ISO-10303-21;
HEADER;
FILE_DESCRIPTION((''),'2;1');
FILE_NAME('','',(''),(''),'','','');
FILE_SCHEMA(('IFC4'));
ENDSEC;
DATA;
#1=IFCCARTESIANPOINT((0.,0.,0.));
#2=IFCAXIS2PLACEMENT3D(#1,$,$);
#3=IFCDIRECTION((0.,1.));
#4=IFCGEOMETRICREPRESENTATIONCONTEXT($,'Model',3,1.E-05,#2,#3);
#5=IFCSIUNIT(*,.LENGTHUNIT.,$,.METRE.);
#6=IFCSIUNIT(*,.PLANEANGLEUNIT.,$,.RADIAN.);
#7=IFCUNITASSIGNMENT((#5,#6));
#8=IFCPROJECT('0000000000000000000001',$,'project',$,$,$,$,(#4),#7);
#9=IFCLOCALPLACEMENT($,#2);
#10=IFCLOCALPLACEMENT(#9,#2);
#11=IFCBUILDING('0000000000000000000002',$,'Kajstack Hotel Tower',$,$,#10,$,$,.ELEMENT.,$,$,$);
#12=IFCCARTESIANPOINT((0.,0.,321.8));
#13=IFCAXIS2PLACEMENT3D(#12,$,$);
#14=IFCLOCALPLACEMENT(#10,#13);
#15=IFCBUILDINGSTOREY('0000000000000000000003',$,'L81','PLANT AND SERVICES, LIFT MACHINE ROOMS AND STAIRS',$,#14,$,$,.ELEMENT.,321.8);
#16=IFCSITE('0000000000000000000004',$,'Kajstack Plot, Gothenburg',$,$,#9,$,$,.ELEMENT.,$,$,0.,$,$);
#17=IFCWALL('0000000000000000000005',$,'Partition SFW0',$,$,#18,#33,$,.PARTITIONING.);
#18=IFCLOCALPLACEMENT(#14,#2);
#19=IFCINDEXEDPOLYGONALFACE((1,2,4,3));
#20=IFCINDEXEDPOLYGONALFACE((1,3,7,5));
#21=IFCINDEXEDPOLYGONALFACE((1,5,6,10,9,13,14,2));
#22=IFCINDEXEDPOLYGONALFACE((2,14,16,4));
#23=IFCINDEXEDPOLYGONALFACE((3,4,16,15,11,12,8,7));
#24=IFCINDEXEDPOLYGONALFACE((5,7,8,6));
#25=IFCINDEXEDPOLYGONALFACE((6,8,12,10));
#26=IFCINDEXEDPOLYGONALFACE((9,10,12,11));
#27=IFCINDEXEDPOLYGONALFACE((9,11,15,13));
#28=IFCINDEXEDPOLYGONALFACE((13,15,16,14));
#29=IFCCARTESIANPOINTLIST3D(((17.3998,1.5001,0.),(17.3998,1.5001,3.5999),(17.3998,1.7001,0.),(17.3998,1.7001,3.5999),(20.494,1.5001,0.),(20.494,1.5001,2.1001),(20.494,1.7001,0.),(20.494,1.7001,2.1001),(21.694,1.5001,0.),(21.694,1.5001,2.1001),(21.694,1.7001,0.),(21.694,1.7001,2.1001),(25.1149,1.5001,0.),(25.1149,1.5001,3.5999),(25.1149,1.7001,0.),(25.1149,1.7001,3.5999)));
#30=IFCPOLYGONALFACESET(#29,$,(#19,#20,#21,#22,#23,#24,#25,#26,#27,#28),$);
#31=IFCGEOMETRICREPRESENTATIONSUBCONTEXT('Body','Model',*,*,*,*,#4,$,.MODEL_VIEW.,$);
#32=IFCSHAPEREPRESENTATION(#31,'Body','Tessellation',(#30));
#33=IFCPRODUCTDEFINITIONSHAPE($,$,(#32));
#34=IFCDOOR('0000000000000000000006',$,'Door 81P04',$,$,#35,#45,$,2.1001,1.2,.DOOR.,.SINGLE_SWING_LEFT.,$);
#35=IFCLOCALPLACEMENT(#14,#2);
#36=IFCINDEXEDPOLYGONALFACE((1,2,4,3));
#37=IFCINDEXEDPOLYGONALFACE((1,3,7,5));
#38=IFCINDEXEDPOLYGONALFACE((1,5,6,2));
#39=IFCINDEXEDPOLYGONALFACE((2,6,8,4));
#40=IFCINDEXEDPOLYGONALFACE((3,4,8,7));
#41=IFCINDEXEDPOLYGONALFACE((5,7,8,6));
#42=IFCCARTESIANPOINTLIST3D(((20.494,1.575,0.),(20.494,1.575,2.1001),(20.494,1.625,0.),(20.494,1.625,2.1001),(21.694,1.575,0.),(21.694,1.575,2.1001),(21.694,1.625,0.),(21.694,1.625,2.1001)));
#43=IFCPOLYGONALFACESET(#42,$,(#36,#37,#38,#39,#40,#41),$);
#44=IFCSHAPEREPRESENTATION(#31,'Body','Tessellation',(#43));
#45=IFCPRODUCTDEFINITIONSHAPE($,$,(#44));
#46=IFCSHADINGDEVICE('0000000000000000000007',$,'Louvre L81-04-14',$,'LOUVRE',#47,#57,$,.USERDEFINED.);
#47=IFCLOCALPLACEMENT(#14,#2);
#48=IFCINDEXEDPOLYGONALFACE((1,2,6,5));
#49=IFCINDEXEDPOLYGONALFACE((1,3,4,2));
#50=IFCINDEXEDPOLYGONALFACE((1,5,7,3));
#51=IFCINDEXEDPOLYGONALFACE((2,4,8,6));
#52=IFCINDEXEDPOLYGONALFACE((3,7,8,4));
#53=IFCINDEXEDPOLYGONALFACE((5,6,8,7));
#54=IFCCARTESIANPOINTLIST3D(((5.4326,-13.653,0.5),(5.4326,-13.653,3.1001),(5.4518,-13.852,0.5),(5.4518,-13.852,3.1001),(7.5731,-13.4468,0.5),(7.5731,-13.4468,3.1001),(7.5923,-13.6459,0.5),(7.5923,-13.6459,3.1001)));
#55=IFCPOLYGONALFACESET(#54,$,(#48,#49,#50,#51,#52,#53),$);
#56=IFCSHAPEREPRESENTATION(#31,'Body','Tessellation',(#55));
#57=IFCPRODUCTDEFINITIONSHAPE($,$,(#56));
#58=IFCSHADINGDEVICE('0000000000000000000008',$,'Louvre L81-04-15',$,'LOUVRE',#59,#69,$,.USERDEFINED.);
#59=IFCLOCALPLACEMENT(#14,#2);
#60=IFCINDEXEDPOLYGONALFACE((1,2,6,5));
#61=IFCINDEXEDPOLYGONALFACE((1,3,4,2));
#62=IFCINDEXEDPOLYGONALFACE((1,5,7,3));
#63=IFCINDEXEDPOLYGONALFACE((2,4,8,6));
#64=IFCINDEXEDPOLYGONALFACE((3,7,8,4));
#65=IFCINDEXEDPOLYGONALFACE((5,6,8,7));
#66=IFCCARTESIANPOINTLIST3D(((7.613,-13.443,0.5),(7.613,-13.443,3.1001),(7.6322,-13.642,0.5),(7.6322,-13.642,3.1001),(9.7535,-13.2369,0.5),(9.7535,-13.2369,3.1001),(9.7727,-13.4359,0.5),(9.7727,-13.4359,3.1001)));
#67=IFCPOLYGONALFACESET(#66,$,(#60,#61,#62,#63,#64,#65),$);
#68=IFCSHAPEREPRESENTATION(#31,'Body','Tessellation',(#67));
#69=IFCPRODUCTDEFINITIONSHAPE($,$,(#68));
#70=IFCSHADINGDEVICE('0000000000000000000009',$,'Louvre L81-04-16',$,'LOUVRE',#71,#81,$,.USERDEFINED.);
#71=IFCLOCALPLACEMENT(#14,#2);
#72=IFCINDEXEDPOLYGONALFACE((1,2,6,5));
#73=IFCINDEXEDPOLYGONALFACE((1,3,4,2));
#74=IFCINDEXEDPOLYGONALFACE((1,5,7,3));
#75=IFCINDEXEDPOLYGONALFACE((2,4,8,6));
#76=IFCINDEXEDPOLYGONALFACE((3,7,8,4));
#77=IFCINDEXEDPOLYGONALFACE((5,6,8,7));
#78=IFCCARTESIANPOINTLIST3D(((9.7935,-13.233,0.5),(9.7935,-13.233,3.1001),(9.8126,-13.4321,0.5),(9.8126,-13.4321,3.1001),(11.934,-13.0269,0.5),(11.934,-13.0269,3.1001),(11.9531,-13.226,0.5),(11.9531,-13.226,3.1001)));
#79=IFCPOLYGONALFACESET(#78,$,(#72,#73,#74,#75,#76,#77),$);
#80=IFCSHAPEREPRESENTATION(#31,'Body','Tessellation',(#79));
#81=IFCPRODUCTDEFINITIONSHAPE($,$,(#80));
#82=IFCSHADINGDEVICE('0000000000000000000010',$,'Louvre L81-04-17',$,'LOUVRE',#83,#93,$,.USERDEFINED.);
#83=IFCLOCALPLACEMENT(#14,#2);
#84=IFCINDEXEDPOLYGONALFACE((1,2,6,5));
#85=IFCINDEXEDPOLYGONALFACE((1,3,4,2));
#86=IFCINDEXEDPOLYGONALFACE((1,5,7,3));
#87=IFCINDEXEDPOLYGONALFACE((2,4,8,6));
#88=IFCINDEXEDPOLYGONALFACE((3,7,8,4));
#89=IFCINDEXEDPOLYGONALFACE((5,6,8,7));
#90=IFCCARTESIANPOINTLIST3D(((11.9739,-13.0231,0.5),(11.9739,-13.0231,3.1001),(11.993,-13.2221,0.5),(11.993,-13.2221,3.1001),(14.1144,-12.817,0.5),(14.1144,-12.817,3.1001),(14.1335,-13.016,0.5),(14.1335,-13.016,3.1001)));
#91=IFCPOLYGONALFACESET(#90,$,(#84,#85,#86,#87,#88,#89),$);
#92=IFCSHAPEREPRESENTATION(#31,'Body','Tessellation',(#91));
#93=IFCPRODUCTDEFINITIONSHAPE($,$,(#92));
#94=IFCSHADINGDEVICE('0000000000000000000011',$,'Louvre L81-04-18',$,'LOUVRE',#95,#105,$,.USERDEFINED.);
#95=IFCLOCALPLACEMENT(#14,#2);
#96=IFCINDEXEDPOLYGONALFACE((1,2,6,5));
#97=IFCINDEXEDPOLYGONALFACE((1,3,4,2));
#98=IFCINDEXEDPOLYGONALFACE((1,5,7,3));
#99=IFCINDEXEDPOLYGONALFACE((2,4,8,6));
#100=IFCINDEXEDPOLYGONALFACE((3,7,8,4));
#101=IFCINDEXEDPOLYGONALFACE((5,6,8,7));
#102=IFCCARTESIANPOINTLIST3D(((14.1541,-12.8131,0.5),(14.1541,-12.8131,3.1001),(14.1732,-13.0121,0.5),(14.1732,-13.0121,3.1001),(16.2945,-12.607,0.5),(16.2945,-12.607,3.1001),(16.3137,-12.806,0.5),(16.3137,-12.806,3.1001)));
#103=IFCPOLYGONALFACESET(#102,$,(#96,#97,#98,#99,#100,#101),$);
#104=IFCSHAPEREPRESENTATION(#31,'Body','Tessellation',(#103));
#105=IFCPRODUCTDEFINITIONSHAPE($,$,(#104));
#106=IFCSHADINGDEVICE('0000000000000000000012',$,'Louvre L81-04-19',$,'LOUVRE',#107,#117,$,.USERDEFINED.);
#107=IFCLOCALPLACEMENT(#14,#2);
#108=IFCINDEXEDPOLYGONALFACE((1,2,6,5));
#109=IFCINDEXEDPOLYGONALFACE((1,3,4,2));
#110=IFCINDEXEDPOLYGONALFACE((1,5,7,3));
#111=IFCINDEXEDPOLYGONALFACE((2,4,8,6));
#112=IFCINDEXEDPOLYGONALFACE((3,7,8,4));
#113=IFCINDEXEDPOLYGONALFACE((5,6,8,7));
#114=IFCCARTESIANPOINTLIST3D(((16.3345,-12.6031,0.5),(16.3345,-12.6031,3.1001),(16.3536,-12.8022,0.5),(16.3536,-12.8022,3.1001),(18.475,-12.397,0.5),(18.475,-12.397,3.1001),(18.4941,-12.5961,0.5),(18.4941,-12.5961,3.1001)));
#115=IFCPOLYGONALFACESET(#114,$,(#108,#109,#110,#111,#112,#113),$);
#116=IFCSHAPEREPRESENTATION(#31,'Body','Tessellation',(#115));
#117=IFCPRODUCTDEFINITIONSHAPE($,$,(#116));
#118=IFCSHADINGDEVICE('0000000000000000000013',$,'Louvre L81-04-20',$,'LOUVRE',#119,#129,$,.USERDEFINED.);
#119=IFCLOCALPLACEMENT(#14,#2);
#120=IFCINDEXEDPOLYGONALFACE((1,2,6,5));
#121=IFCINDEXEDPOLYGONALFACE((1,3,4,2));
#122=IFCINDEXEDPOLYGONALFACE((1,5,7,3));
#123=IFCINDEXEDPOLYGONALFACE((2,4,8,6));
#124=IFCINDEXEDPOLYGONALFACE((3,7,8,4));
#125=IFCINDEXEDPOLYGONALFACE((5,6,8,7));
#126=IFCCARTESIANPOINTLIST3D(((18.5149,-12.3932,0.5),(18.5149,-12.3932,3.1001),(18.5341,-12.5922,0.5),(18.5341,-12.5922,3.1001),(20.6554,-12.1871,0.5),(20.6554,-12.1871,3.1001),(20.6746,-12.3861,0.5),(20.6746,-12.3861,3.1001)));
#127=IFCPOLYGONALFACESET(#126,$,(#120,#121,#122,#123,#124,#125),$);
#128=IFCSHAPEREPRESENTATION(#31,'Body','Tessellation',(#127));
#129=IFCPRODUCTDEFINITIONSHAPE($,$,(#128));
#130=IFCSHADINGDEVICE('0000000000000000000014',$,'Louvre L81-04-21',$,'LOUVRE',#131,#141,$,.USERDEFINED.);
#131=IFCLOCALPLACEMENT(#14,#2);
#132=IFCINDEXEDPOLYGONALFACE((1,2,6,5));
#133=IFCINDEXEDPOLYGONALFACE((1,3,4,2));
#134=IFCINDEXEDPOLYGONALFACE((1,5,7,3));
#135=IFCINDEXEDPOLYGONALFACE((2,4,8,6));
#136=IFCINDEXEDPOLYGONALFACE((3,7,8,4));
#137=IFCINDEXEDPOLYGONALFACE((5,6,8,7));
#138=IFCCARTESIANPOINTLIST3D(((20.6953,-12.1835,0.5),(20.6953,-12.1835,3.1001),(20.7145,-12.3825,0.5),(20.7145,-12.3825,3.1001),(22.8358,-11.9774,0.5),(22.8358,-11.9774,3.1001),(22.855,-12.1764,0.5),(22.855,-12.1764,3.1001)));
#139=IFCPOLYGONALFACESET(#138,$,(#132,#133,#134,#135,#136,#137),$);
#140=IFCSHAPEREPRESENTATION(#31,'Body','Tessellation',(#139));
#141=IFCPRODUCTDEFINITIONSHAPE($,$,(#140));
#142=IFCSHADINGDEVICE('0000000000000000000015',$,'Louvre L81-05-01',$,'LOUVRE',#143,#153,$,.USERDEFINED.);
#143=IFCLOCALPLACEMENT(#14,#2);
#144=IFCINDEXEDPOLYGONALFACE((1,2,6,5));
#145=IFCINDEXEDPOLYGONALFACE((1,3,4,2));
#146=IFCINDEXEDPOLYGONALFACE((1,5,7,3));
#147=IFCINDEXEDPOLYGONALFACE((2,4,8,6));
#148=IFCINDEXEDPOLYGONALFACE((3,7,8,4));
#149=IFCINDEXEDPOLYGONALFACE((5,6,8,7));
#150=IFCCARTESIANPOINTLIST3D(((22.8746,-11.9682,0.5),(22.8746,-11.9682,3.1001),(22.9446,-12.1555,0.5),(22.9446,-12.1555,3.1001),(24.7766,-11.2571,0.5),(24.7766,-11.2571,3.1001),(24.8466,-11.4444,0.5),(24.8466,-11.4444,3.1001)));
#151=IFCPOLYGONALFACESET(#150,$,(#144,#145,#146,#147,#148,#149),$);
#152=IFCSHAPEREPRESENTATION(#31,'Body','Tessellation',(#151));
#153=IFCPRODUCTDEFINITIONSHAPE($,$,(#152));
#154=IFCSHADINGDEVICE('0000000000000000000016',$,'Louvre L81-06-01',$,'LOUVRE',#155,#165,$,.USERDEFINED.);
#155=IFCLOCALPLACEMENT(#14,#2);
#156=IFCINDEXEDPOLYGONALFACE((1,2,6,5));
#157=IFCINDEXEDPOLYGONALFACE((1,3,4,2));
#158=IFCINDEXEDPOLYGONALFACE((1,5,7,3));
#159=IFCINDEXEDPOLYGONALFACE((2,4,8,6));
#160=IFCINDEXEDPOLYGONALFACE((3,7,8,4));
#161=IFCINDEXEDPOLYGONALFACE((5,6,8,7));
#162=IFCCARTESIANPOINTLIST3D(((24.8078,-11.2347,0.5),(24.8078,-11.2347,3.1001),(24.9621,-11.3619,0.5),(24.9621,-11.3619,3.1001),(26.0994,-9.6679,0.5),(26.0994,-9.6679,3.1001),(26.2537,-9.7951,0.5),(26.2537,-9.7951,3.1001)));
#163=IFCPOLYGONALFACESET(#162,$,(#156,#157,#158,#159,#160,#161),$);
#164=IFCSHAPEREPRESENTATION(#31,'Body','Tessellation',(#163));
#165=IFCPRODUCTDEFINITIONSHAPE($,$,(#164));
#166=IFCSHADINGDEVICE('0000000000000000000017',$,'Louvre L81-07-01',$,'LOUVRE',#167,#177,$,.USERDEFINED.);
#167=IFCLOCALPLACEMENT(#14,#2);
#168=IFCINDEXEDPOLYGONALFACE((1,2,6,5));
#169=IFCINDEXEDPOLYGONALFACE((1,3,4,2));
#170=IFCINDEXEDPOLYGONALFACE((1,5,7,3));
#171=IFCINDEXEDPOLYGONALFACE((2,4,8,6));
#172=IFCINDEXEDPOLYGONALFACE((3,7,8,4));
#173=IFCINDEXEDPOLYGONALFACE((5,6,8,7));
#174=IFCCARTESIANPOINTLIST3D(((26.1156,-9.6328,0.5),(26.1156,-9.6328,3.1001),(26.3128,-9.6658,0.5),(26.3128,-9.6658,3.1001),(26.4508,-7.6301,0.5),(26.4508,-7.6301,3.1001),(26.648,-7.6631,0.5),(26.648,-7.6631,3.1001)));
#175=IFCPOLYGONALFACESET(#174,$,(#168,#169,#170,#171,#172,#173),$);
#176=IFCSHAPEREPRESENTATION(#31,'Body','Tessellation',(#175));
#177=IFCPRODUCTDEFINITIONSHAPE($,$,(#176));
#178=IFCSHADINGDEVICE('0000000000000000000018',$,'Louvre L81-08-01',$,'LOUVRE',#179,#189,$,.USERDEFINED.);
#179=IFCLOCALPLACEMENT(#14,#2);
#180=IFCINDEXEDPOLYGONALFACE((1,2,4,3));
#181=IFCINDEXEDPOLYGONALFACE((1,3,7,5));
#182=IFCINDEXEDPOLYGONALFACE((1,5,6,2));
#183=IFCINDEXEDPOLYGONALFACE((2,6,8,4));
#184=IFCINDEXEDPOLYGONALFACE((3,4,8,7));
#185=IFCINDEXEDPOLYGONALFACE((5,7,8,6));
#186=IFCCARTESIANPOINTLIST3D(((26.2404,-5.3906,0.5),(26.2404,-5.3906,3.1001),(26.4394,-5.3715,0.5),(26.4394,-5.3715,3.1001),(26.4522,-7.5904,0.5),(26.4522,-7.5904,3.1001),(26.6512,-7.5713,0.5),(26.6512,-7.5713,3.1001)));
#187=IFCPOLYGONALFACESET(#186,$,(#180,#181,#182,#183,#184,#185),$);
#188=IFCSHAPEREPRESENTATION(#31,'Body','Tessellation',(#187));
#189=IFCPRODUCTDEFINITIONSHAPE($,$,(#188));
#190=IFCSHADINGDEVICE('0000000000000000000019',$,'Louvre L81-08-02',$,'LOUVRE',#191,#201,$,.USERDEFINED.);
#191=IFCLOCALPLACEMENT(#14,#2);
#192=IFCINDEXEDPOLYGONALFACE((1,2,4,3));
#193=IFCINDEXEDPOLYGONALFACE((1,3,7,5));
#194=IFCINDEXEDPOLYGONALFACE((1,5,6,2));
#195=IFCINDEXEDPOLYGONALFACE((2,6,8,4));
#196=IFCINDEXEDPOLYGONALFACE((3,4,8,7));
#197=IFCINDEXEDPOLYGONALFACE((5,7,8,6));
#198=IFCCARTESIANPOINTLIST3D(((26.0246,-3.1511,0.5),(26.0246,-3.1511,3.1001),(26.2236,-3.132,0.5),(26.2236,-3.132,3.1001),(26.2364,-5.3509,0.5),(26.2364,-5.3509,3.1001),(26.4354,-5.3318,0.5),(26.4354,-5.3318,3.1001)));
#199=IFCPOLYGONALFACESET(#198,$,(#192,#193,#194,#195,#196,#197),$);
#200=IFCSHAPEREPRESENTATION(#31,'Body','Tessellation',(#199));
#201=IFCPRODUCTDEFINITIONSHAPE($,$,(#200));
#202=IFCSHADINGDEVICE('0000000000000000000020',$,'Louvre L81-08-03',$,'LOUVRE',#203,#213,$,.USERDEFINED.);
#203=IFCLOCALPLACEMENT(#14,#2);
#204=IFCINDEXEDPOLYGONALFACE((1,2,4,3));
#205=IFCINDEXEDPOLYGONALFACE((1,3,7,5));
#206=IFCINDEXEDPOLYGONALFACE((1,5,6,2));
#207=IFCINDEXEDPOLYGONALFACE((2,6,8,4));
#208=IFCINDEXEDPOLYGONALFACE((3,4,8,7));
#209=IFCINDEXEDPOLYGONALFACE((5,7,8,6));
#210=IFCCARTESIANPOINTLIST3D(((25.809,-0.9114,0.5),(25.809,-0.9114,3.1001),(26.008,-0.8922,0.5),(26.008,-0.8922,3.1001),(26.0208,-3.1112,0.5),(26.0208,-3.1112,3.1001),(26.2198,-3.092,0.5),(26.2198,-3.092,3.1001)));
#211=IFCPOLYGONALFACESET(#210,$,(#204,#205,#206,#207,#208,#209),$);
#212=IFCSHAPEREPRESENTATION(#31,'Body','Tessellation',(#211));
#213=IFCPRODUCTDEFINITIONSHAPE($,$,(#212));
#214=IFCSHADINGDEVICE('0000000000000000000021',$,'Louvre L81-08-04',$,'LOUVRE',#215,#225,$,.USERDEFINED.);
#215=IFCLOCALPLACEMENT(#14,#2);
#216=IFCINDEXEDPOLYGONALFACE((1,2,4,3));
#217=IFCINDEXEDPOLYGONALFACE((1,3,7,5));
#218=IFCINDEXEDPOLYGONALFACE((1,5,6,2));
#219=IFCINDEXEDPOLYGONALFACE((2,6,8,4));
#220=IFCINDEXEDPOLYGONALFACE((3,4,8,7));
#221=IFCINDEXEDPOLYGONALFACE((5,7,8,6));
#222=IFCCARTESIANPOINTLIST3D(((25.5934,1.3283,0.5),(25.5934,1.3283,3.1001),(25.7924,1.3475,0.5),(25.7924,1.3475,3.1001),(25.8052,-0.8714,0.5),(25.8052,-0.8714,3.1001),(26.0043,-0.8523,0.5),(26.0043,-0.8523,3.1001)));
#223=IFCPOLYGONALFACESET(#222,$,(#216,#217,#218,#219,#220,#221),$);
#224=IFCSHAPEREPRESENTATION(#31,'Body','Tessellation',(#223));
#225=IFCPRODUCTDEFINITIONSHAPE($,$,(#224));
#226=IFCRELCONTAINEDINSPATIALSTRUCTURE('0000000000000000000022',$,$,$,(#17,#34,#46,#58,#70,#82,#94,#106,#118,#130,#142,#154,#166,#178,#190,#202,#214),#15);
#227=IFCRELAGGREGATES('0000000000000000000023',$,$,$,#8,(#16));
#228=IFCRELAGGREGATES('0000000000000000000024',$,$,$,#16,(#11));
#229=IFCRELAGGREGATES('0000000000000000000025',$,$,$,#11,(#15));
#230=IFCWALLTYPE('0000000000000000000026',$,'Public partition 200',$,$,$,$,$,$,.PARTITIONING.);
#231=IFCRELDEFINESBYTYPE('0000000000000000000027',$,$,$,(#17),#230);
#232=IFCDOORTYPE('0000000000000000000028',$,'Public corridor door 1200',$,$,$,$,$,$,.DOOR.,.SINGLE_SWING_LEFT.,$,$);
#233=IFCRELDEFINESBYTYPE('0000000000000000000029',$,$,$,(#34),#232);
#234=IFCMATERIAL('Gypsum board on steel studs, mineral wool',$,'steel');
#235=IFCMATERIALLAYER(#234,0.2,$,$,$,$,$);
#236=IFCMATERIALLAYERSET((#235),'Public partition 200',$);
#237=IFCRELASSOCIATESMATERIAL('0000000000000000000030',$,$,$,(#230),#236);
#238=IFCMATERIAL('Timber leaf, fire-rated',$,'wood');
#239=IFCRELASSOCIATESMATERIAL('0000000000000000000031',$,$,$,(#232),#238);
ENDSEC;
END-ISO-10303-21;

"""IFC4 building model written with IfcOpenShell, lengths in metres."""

from ifc_helpers import new_model, si_unit, direction, frame, frame_2d, origin, origin_2d, place, context, subcontext, project, spatial, rectangle, extrude, material, layer, layer_set, type_object, element, fill, save


model = new_model("IFC4")

# Units and contexts
model_context = context("Model", 3, precision=1e-05, world=origin(), true_north=direction((0.0, 1.0)))
body_context = subcontext(model_context, "Body", "Model", "MODEL_VIEW")
ifc_project = project(units=[si_unit("LENGTHUNIT", "METRE"), si_unit("PLANEANGLEUNIT", "RADIAN")], contexts=[model_context])

# Site, building, storey
site_placement = place(None, origin())
site = spatial("IfcSite", under=ifc_project, at=site_placement, Name="Kajstack Plot, Gothenburg", CompositionType="ELEMENT", RefElevation=0.0)
building_placement = place(site_placement, origin())
building = spatial("IfcBuilding", under=site, at=building_placement, Name="Kajstack Hotel Tower", CompositionType="ELEMENT")
storey_placement = place(building_placement, frame((0.0, 0.0, 321.8)))
storey = spatial("IfcBuildingStorey", under=building, at=storey_placement, Name="L81", Description="PLANT AND SERVICES, LIFT MACHINE ROOMS AND STAIRS", CompositionType="ELEMENT", Elevation=321.8)

# Wall, opening, door
ifc_material_1 = material(Name="Gypsum board on steel studs, mineral wool", Category="steel")
ifc_layer_1 = layer(ifc_material_1, 0.2)
ifc_layer_set_1 = layer_set([ifc_layer_1], Name="Public partition 200")
wall_type_1 = type_object("IfcWallType", Name="Public partition 200", PredefinedType="PARTITIONING", material=ifc_layer_set_1)
wall_1_placement = place(storey_placement, frame((17.3999, 1.6001, 0.0), z_axis=(0.0, 0.0, 1.0), x_axis=(1.0, 0.0, 0.0)))
wall_1 = element("IfcWall", 1, at=wall_1_placement, inside=storey, type_object=wall_type_1, Name="Partition SFW0", PredefinedType="PARTITIONING", context=body_context, shape_type="SweptSolid", body=[
    extrude(rectangle(XDim=7.7151, YDim=0.2, at=frame_2d((3.8574, 0.0))), origin(), (0.0, 0.0, 1.0), 3.5999),
])
opening_placement = place(wall_1_placement, frame((3.094, 0.0, 0.0)))
opening = element("IfcOpeningElement", 2, at=opening_placement, cuts=wall_1, PredefinedType="OPENING", context=body_context, shape_type="SweptSolid", body=[
    extrude(rectangle(XDim=1.2, YDim=2.1001, at=frame_2d((0.6001, 1.05))), frame((0.0, 0.1099, 0.0), z_axis=(0.0, -1.0, 0.0), x_axis=(1.0, 0.0, 0.0)), (0.0, 0.0, 1.0), 0.22),
])
ifc_material_2 = material(Name="Timber leaf, fire-rated", Category="wood")
door_type = type_object("IfcDoorType", Name="Public corridor door 1200", OperationType="SINGLE_SWING_LEFT", PredefinedType="DOOR", material=ifc_material_2)
door_placement = place(opening_placement, origin())
door = element("IfcDoor", 3, at=door_placement, inside=storey, type_object=door_type, Name="Door 81P04", OperationType="SINGLE_SWING_LEFT", OverallHeight=2.1001, OverallWidth=1.2, PredefinedType="DOOR", context=body_context, shape_type="SweptSolid", body=[
    extrude(rectangle(XDim=1.2, YDim=2.1001, at=frame_2d((0.6001, 1.05))), frame((0.0, 0.0249, 0.0), z_axis=(0.0, -1.0, 0.0), x_axis=(1.0, 0.0, 0.0)), (0.0, 0.0, 1.0), 0.05),
])
fill(opening, door)

# Shading devices
for number, where, z_axis, x_axis, name in (
    (4, (6.5125, -13.6494, 0.5), (0.0, 0.0, 1.0), (0.995396, 0.095845, 0.0), "Louvre L81-04-14"),
    (5, (8.6929, -13.4395, 0.5), (0.0, 0.0, 1.0), (0.995396, 0.095845, 0.0), "Louvre L81-04-15"),
    (6, (10.8733, -13.2295, 0.5), (0.0, 0.0, 1.0), (0.995396, 0.095845, 0.0), "Louvre L81-04-16"),
    (7, (13.0537, -13.0195, 0.5), (0.0, 0.0, 1.0), (0.995396, 0.095845, 0.0), "Louvre L81-04-17"),
    (8, (15.2339, -12.8096, 0.5), (0.0, 0.0, 1.0), (0.995396, 0.095845, 0.0), "Louvre L81-04-18"),
    (9, (17.4143, -12.5996, 0.5), (0.0, 0.0, 1.0), (0.995396, 0.095845, 0.0), "Louvre L81-04-19"),
    (10, (19.5947, -12.3896, 0.5), (0.0, 0.0, 1.0), (0.995396, 0.095845, 0.0), "Louvre L81-04-20"),
    (11, (21.7751, -12.1799, 0.5), (0.0, 0.0, 1.0), (0.995396, 0.095845, 0.0), "Louvre L81-04-21"),
):
    element("IfcShadingDevice", number, at=place(storey_placement, frame(where, z_axis=z_axis, x_axis=x_axis)), inside=storey, Name=name, ObjectType="LOUVRE", PredefinedType="USERDEFINED", context=body_context, shape_type="SweptSolid", body=[
        extrude(rectangle(XDim=2.1504, YDim=0.2, at=origin_2d()), origin(), (0.0, 0.0, 1.0), 2.6001),
    ])
for number, where, z_axis, x_axis, name in (
    (12, (23.8606, -11.7063, 0.5), (0.0, 0.0, 1.0), (0.936674, 0.350202, 0.0), "Louvre L81-05-01"),
    (13, (25.5308, -10.5149, 0.5), (0.0, 0.0, 1.0), (0.636066, 0.771635, 0.0), "Louvre L81-06-01"),
    (14, (26.3818, -8.6479, 0.5), (0.0, 0.0, 1.0), (0.16508, 0.98628, 0.0), "Louvre L81-07-01"),
):
    element("IfcShadingDevice", number, at=place(storey_placement, frame(where, z_axis=z_axis, x_axis=x_axis)), inside=storey, Name=name, ObjectType="LOUVRE", PredefinedType="USERDEFINED", context=body_context, shape_type="SweptSolid", body=[
        extrude(rectangle(XDim=2.0305, YDim=0.2, at=origin_2d()), origin(), (0.0, 0.0, 1.0), 2.6001),
    ])
for number, where, z_axis, x_axis, name in (
    (15, (26.4458, -6.481, 0.5), (0.0, 0.0, 1.0), (-0.095849, 0.995396, 0.0), "Louvre L81-08-01"),
    (16, (26.23, -4.2415, 0.5), (0.0, 0.0, 1.0), (-0.095849, 0.995396, 0.0), "Louvre L81-08-02"),
    (17, (26.0144, -2.0017, 0.5), (0.0, 0.0, 1.0), (-0.095849, 0.995396, 0.0), "Louvre L81-08-03"),
    (18, (25.7988, 0.238, 0.5), (0.0, 0.0, 1.0), (-0.095849, 0.995396, 0.0), "Louvre L81-08-04"),
):
    element("IfcShadingDevice", number, at=place(storey_placement, frame(where, z_axis=z_axis, x_axis=x_axis)), inside=storey, Name=name, ObjectType="LOUVRE", PredefinedType="USERDEFINED", context=body_context, shape_type="SweptSolid", body=[
        extrude(rectangle(XDim=2.21, YDim=0.2, at=origin_2d()), origin(), (0.0, 0.0, 1.0), 2.6001),
    ])

save(model, "model.ifc")
